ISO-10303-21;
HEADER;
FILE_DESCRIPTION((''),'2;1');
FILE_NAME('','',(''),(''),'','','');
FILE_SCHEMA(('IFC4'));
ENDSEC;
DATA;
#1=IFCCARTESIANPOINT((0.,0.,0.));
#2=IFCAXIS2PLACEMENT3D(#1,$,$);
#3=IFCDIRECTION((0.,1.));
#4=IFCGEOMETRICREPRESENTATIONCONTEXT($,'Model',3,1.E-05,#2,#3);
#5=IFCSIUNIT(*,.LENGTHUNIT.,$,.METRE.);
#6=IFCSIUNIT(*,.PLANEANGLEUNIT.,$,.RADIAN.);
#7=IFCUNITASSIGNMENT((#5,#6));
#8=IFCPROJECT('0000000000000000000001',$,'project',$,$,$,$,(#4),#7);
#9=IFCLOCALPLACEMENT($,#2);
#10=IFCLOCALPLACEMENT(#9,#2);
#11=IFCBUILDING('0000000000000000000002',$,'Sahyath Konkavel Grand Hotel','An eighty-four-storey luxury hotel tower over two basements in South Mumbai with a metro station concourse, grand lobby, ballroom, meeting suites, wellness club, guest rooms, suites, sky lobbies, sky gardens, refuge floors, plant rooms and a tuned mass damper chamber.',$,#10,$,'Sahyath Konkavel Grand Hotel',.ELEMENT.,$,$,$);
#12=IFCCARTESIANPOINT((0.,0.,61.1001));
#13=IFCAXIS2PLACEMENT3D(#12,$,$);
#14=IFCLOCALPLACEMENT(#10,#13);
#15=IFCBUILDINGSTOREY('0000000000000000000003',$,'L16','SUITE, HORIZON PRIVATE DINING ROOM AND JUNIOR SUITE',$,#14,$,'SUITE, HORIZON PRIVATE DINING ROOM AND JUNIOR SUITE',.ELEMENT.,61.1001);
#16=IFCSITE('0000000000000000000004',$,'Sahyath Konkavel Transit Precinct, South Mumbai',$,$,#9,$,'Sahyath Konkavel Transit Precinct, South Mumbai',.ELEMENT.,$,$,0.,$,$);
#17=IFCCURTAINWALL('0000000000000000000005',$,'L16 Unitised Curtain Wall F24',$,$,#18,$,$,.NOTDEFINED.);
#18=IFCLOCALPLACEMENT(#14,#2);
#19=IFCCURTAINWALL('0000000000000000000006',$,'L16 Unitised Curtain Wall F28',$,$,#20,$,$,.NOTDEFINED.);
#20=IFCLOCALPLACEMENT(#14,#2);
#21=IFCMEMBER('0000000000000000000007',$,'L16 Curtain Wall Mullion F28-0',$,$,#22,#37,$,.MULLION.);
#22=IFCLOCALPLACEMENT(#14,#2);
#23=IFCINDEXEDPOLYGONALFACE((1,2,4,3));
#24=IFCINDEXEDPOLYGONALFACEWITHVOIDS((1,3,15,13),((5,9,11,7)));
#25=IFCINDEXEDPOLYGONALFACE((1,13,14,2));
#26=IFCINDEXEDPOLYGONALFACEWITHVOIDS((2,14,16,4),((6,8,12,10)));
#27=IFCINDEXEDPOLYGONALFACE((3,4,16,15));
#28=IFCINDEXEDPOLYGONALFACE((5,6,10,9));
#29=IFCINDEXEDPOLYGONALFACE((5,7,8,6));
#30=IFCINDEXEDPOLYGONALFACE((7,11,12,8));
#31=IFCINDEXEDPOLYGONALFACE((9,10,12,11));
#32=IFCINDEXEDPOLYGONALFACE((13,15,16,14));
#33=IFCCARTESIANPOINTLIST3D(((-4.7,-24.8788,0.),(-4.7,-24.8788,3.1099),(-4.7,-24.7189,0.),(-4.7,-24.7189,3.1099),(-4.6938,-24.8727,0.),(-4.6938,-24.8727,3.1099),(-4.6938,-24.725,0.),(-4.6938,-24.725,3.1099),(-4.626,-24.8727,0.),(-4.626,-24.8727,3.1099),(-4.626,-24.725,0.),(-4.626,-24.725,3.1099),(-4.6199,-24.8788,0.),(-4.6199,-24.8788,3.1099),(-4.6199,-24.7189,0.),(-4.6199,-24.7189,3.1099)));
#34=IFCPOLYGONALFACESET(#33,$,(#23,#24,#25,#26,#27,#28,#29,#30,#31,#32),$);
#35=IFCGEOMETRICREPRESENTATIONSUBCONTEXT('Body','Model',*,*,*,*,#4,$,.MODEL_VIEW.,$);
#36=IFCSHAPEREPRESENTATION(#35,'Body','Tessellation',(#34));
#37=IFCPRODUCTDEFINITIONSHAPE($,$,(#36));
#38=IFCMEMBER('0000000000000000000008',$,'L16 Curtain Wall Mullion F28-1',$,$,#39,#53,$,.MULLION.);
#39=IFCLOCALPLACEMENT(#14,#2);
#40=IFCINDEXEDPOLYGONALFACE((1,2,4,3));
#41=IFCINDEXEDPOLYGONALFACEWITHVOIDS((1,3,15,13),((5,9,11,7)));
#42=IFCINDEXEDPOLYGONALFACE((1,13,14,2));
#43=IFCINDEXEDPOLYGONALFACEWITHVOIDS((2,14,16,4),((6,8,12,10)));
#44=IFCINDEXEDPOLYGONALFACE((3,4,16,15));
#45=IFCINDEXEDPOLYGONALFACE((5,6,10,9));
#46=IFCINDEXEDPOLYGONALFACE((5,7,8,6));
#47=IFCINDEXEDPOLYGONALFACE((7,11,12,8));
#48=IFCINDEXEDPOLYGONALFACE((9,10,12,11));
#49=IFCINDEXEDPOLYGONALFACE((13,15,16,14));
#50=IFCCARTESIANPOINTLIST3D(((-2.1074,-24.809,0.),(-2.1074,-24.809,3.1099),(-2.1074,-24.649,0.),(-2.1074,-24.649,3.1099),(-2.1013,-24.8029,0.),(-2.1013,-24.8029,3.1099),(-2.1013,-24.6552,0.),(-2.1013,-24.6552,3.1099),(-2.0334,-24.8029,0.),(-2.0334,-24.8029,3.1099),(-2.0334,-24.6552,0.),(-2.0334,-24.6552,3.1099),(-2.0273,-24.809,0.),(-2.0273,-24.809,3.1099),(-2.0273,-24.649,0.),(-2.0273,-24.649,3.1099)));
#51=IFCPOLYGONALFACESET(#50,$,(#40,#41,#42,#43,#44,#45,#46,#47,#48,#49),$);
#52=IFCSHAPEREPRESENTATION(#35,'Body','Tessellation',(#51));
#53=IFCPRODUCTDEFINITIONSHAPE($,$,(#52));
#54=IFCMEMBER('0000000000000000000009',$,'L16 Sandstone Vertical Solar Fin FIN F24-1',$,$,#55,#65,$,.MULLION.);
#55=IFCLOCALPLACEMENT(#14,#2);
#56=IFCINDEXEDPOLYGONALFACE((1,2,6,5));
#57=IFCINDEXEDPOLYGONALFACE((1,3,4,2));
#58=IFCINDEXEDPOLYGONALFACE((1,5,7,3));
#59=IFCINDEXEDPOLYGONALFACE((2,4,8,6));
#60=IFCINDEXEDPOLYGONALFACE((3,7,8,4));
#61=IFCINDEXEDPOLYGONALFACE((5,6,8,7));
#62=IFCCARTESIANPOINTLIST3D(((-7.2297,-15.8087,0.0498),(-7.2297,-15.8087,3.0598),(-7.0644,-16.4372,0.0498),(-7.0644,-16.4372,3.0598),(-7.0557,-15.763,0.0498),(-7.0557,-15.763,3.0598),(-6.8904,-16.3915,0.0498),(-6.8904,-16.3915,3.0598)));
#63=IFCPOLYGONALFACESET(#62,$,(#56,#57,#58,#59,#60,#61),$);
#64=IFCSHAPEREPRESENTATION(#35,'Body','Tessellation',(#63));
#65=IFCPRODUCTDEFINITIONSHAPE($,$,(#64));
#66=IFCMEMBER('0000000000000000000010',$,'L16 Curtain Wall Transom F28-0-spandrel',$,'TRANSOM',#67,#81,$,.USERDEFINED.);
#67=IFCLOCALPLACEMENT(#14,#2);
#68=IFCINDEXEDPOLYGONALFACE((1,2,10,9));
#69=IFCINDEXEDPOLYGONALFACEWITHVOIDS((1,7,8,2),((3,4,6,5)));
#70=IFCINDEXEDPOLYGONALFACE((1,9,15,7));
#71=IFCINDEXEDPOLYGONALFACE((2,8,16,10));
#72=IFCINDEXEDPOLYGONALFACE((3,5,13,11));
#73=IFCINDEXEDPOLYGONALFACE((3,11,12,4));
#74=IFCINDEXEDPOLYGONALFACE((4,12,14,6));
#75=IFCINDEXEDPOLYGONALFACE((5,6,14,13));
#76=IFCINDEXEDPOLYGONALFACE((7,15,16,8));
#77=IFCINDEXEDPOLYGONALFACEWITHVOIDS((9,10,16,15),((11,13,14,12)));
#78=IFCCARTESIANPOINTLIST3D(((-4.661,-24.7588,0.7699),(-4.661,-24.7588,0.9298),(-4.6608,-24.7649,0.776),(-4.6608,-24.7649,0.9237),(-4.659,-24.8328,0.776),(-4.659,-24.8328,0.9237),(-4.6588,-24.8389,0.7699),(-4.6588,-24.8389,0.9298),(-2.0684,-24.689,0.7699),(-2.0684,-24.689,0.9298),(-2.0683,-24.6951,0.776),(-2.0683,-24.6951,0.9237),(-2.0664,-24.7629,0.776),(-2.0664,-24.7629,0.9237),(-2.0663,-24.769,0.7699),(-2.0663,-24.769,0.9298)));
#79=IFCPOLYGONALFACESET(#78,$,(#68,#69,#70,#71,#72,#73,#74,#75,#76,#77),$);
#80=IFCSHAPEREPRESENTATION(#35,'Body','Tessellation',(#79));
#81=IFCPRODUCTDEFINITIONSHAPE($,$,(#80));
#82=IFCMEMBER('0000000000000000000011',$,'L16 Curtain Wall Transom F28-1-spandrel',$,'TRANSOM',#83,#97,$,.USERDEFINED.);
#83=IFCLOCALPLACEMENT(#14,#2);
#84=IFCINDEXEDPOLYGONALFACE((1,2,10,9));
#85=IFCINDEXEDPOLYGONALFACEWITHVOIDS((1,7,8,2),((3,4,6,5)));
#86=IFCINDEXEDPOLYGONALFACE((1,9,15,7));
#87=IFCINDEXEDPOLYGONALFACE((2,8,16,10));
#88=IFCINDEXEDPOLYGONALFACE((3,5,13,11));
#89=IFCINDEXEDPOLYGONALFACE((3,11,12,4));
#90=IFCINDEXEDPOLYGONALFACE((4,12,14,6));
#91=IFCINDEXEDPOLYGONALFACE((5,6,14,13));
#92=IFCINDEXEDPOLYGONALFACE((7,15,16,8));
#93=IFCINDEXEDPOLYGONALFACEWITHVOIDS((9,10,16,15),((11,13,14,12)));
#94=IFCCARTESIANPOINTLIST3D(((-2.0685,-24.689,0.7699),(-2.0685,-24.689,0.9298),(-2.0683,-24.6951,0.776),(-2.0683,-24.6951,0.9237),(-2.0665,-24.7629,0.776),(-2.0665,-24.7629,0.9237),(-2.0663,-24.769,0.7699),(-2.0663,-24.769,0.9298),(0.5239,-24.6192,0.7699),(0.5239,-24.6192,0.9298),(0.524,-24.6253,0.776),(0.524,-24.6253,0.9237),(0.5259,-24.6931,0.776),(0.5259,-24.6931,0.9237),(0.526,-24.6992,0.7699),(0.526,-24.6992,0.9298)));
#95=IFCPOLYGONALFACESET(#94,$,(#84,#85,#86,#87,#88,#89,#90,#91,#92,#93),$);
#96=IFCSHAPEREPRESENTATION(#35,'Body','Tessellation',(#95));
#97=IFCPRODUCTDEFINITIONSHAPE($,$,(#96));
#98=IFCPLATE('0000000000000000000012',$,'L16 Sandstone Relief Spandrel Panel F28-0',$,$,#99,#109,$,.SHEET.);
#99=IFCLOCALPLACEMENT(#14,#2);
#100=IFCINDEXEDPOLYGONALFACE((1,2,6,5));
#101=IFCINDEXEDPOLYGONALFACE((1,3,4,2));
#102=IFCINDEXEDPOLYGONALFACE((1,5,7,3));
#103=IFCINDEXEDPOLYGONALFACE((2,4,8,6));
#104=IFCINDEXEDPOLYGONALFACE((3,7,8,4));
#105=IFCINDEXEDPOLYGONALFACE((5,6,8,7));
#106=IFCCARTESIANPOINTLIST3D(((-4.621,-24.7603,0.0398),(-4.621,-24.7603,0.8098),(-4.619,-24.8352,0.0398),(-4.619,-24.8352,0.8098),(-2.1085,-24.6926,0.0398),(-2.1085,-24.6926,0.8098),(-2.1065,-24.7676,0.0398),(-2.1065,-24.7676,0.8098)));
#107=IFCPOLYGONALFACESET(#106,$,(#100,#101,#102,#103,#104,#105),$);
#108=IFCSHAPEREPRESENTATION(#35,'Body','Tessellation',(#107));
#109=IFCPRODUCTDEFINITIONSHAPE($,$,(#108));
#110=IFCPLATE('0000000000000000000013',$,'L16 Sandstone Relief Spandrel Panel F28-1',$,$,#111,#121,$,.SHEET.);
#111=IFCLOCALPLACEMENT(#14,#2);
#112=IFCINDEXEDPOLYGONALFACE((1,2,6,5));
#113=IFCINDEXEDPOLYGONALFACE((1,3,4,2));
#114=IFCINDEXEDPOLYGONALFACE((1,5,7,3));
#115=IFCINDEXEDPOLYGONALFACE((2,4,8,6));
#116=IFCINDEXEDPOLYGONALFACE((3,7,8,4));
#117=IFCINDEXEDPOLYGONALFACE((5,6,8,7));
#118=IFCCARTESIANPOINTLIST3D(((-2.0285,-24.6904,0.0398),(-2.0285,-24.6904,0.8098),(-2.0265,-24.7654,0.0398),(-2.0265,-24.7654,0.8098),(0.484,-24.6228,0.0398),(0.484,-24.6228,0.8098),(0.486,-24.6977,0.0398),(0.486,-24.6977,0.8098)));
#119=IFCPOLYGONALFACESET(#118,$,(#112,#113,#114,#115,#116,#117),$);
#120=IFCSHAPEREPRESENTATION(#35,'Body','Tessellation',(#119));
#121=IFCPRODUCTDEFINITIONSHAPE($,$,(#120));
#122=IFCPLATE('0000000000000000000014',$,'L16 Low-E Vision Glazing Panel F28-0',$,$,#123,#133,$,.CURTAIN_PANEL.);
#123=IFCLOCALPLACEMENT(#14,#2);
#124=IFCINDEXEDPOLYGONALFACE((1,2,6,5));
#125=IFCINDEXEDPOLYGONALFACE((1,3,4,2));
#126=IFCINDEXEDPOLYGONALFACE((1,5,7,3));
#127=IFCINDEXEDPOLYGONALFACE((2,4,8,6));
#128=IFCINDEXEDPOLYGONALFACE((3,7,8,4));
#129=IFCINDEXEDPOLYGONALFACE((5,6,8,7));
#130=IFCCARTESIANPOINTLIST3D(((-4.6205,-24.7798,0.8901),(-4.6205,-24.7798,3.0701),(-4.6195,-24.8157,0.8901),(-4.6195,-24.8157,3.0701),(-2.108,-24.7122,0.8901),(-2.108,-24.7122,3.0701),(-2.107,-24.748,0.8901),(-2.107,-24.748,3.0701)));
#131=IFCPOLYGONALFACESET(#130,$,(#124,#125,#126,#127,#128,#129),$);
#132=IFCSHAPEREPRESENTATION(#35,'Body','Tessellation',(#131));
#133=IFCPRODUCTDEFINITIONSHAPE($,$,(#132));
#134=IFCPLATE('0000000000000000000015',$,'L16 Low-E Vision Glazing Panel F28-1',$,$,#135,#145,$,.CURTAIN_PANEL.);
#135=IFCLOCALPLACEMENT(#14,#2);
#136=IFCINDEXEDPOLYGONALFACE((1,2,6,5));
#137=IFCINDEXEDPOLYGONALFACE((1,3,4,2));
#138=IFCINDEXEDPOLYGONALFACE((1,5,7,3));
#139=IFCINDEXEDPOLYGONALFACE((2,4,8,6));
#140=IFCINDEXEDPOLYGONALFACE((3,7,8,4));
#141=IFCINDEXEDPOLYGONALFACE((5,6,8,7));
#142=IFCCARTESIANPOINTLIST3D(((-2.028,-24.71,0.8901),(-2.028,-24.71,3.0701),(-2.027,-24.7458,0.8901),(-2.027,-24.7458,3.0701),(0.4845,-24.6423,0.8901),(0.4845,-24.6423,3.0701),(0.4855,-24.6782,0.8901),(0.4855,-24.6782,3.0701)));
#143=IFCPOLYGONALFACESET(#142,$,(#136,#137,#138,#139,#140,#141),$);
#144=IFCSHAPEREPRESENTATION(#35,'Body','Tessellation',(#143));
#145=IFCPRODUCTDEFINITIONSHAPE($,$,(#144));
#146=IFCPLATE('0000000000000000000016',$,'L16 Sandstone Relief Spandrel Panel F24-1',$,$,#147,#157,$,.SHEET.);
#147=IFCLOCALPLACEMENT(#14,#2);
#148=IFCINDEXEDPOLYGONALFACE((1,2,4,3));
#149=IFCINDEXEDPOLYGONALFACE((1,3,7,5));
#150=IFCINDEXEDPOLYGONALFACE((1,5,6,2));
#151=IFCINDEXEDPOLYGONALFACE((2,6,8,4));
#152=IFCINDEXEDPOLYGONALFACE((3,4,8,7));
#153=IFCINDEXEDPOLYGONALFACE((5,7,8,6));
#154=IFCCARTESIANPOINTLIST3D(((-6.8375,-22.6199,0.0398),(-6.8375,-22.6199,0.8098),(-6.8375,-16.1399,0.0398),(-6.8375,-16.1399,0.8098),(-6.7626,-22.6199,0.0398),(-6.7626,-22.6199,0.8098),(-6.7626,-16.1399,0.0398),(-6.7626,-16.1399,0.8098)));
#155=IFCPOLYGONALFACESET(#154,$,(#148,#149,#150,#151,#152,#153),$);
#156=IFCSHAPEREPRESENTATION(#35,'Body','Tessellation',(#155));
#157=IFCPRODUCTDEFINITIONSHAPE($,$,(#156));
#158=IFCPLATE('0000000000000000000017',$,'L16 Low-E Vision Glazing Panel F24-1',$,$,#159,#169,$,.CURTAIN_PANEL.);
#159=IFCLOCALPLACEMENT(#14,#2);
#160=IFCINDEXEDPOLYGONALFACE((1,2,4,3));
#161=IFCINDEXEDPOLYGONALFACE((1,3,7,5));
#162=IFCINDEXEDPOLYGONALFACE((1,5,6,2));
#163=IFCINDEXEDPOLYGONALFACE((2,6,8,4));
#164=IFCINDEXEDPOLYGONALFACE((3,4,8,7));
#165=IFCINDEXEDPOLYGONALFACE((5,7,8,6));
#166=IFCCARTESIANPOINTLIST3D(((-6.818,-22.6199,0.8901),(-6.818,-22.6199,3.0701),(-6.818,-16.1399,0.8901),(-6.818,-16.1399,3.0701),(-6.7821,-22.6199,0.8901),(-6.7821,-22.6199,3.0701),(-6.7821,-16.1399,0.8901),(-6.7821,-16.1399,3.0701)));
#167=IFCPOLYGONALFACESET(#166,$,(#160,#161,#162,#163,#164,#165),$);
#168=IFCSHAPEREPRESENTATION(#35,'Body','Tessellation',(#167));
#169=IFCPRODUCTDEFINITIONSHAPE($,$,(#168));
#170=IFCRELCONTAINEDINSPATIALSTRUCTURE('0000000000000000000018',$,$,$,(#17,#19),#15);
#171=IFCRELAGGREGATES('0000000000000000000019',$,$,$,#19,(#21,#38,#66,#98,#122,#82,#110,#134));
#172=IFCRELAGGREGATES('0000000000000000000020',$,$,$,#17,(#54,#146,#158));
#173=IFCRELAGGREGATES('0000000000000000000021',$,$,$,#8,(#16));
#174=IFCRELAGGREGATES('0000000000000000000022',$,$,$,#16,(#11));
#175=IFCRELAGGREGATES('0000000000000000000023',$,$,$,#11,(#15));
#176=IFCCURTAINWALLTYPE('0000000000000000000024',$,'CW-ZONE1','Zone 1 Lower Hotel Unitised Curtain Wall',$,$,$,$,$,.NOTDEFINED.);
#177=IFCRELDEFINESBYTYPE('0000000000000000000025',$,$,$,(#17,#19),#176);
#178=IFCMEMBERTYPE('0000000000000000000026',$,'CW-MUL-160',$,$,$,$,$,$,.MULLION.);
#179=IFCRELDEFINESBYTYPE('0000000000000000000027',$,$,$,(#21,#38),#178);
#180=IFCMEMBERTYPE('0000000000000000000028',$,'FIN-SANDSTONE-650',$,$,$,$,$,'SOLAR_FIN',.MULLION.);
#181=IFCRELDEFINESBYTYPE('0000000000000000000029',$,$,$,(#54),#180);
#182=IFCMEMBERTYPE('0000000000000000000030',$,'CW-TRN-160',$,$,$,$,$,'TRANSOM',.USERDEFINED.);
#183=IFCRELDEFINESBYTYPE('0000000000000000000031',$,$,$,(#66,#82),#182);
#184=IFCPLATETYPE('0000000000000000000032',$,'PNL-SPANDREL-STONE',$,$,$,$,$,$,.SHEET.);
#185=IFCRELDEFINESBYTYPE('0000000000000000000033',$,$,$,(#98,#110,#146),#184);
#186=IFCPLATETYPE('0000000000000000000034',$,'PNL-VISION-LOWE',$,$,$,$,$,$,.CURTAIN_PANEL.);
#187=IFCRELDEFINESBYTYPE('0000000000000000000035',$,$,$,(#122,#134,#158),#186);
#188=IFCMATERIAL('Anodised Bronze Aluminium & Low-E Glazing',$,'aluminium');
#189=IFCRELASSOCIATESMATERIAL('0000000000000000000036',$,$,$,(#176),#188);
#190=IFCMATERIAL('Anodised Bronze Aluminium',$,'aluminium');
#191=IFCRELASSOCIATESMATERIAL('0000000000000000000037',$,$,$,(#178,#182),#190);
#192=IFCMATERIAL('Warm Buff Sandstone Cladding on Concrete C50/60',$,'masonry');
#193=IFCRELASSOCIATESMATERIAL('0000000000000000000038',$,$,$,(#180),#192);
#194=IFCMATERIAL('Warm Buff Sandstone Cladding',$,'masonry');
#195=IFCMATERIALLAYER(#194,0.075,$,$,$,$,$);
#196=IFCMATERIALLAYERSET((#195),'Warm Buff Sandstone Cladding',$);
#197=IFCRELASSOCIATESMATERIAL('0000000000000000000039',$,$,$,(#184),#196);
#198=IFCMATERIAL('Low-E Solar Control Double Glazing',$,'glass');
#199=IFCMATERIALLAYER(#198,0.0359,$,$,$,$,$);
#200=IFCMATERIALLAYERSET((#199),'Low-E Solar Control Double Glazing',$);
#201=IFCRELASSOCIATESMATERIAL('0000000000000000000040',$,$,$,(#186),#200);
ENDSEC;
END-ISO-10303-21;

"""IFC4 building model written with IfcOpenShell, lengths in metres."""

from ifc_helpers import new_model, si_unit, direction, frame, origin, origin_2d, place, context, subcontext, project, spatial, rectangle, hollow_rectangle, extrude, source, transform, mapped, material, layer, layer_set, material_profile, profile_set, type_object, element, aggregate, save


model = new_model("IFC4")

# Units and contexts
model_context = context("Model", 3, precision=1e-05, world=origin(), true_north=direction((0.0, 1.0)))
body_context = subcontext(model_context, "Body", "Model", "MODEL_VIEW")
ifc_project = project(units=[si_unit("LENGTHUNIT", "METRE"), si_unit("PLANEANGLEUNIT", "RADIAN")], contexts=[model_context])

# Site, building, storey
site_placement = place(None, origin())
site = spatial("IfcSite", under=ifc_project, at=site_placement, Name="Sahyath Konkavel Transit Precinct, South Mumbai", LongName="Sahyath Konkavel Transit Precinct, South Mumbai", CompositionType="ELEMENT", RefElevation=0.0)
building_placement = place(site_placement, origin())
building = spatial("IfcBuilding", under=site, at=building_placement, Name="Sahyath Konkavel Grand Hotel", Description="An eighty-four-storey luxury hotel tower over two basements in South Mumbai with a metro station concourse, grand lobby, ballroom, meeting suites, wellness club, guest rooms, suites, sky lobbies, sky gardens, refuge floors, plant rooms and a tuned mass damper chamber.", LongName="Sahyath Konkavel Grand Hotel", CompositionType="ELEMENT")
storey_placement = place(building_placement, frame((0.0, 0.0, 61.1001)))
storey = spatial("IfcBuildingStorey", under=building, at=storey_placement, Name="L16", Description="SUITE, HORIZON PRIVATE DINING ROOM AND JUNIOR SUITE", LongName="SUITE, HORIZON PRIVATE DINING ROOM AND JUNIOR SUITE", CompositionType="ELEMENT", Elevation=61.1001)

# Curtain wall
ifc_material_1 = material(Name="Anodised Bronze Aluminium & Low-E Glazing", Category="aluminium")
curtain_wall_type = type_object("IfcCurtainWallType", Name="CW-ZONE1", Description="Zone 1 Lower Hotel Unitised Curtain Wall", PredefinedType="NOTDEFINED", material=ifc_material_1)
curtain_wall_1_placement = place(storey_placement, origin())
curtain_wall_1 = element("IfcCurtainWall", 1, at=curtain_wall_1_placement, inside=storey, type_object=curtain_wall_type, Name="L16 Unitised Curtain Wall F24", PredefinedType="NOTDEFINED")
ifc_material_2 = material(Name="Anodised Bronze Aluminium", Category="aluminium")
ifc_material_profile_1 = material_profile(ifc_material_2, hollow_rectangle(XDim=0.0801, YDim=0.1599, WallThickness=0.0061, at=origin_2d()), Name="RHS 160x80x6")
ifc_profile_set_1 = profile_set([ifc_material_profile_1], Name="Anodised Bronze Aluminium")
member_type_1 = type_object("IfcMemberType", Name="CW-MUL-160", PredefinedType="MULLION", material=ifc_profile_set_1)
shared_shape_1 = source(origin(), body_context, "Body", "SweptSolid", [
    extrude(hollow_rectangle(XDim=0.0801, YDim=0.1599, WallThickness=0.0061, at=origin_2d()), origin(), (0.0, 0.0, 1.0), 3.1099),
])

# Curtain wall, members
curtain_wall_2_placement = place(storey_placement, origin())
curtain_wall_2 = element("IfcCurtainWall", 2, at=curtain_wall_2_placement, inside=storey, type_object=curtain_wall_type, Name="L16 Unitised Curtain Wall F28", PredefinedType="NOTDEFINED")
member_1_placement = place(storey_placement, frame((-4.6599, -24.7988, 0.0), z_axis=(0.0, 0.0, 1.0), x_axis=(1.0, 0.0, 0.0)))
member_1 = element("IfcMember", 3, at=member_1_placement, type_object=member_type_1, Name="L16 Curtain Wall Mullion F28-0", PredefinedType="MULLION", context=body_context, shape_type="MappedRepresentation", body=[
    mapped(shared_shape_1, transform((0.0, 0.0, 0.0), scale=1.0)),
])
member_2_placement = place(storey_placement, frame((-2.0674, -24.729, 0.0), z_axis=(0.0, 0.0, 1.0), x_axis=(1.0, 0.0, 0.0)))
member_2 = element("IfcMember", 4, at=member_2_placement, type_object=member_type_1, Name="L16 Curtain Wall Mullion F28-1", PredefinedType="MULLION", context=body_context, shape_type="MappedRepresentation", body=[
    mapped(shared_shape_1, transform((0.0, 0.0, 0.0), scale=1.0)),
])

# Members
ifc_material_3 = material(Name="Warm Buff Sandstone Cladding on Concrete C50/60", Category="masonry")
ifc_material_profile_2 = material_profile(ifc_material_3, rectangle(XDim=0.1799, YDim=0.6499, at=origin_2d()), Name="FIN 180x650")
ifc_profile_set_2 = profile_set([ifc_material_profile_2], Name="Warm Buff Sandstone Cladding on Concrete C50/60")
member_type_2 = type_object("IfcMemberType", Name="FIN-SANDSTONE-650", ElementType="SOLAR_FIN", PredefinedType="MULLION", material=ifc_profile_set_2)
shared_shape_2 = source(origin(), body_context, "Body", "SweptSolid", [
    extrude(rectangle(XDim=0.1799, YDim=0.6499, at=origin_2d()), origin(), (0.0, 0.0, 1.0), 3.01),
])
member_3_placement = place(storey_placement, frame((-7.0601, -16.1001, 0.0498), z_axis=(0.0, 0.0, 1.0), x_axis=(0.967135, 0.254264, 0.0)))
member_3 = element("IfcMember", 5, at=member_3_placement, type_object=member_type_2, Name="L16 Sandstone Vertical Solar Fin FIN F24-1", PredefinedType="MULLION", context=body_context, shape_type="MappedRepresentation", body=[
    mapped(shared_shape_2, transform((0.0, 0.0, 0.0), scale=1.0)),
])
ifc_material_profile_3 = material_profile(ifc_material_2, hollow_rectangle(XDim=0.0801, YDim=0.1599, WallThickness=0.0061, at=origin_2d()), Name="RHS 160x80x6")
ifc_profile_set_3 = profile_set([ifc_material_profile_3], Name="Anodised Bronze Aluminium")
member_type_3 = type_object("IfcMemberType", Name="CW-TRN-160", ElementType="TRANSOM", PredefinedType="USERDEFINED", material=ifc_profile_set_3)
shared_shape_3 = source(origin(), body_context, "Body", "SweptSolid", [
    extrude(hollow_rectangle(XDim=0.0801, YDim=0.1599, WallThickness=0.0061, at=origin_2d()), origin(), (0.0, 0.0, 1.0), 2.5935),
])
member_4_placement = place(storey_placement, frame((-4.6599, -24.7988, 0.8499), z_axis=(0.999638, 0.026923, 0.0), x_axis=(-0.026923, 0.999638, 0.0)))
member_4 = element("IfcMember", 6, at=member_4_placement, type_object=member_type_3, Name="L16 Curtain Wall Transom F28-0-spandrel", ObjectType="TRANSOM", PredefinedType="USERDEFINED", context=body_context, shape_type="MappedRepresentation", body=[
    mapped(shared_shape_3, transform((0.0, 0.0, 0.0), scale=1.0)),
])
shared_shape_4 = source(origin(), body_context, "Body", "SweptSolid", [
    extrude(hollow_rectangle(XDim=0.0801, YDim=0.1599, WallThickness=0.0061, at=origin_2d()), origin(), (0.0, 0.0, 1.0), 2.5933),
])
member_5_placement = place(storey_placement, frame((-2.0674, -24.729, 0.8499), z_axis=(0.999637, 0.026926, 0.0), x_axis=(-0.026926, 0.999637, 0.0)))
member_5 = element("IfcMember", 7, at=member_5_placement, type_object=member_type_3, Name="L16 Curtain Wall Transom F28-1-spandrel", ObjectType="TRANSOM", PredefinedType="USERDEFINED", context=body_context, shape_type="MappedRepresentation", body=[
    mapped(shared_shape_4, transform((0.0, 0.0, 0.0), scale=1.0)),
])

# Plates
ifc_material_4 = material(Name="Warm Buff Sandstone Cladding", Category="masonry")
ifc_layer_1 = layer(ifc_material_4, 0.075)
ifc_layer_set_1 = layer_set([ifc_layer_1], Name="Warm Buff Sandstone Cladding")
plate_type_1 = type_object("IfcPlateType", Name="PNL-SPANDREL-STONE", PredefinedType="SHEET", material=ifc_layer_set_1)
shared_shape_5 = source(origin(), body_context, "Body", "SweptSolid", [
    extrude(rectangle(XDim=2.5134, YDim=0.075, at=origin_2d()), origin(), (0.0, 0.0, 1.0), 0.77),
])
plate_1_placement = place(storey_placement, frame((-3.3638, -24.7639, 0.0398), z_axis=(0.0, 0.0, 1.0), x_axis=(0.999638, 0.02691, 0.0)))
plate_1 = element("IfcPlate", 8, at=plate_1_placement, type_object=plate_type_1, Name="L16 Sandstone Relief Spandrel Panel F28-0", PredefinedType="SHEET", context=body_context, shape_type="MappedRepresentation", body=[
    mapped(shared_shape_5, transform((0.0, 0.0, 0.0), scale=1.0)),
])
plate_2_placement = place(storey_placement, frame((-0.7712, -24.6941, 0.0398), z_axis=(0.0, 0.0, 1.0), x_axis=(0.999638, 0.02691, 0.0)))
plate_2 = element("IfcPlate", 9, at=plate_2_placement, type_object=plate_type_1, Name="L16 Sandstone Relief Spandrel Panel F28-1", PredefinedType="SHEET", context=body_context, shape_type="MappedRepresentation", body=[
    mapped(shared_shape_5, transform((0.0, 0.0, 0.0), scale=1.0)),
])
ifc_material_5 = material(Name="Low-E Solar Control Double Glazing", Category="glass")
ifc_layer_2 = layer(ifc_material_5, 0.0359)
ifc_layer_set_2 = layer_set([ifc_layer_2], Name="Low-E Solar Control Double Glazing")
plate_type_2 = type_object("IfcPlateType", Name="PNL-VISION-LOWE", PredefinedType="CURTAIN_PANEL", material=ifc_layer_set_2)
shared_shape_6 = source(origin(), body_context, "Body", "SweptSolid", [
    extrude(rectangle(XDim=2.5134, YDim=0.0359, at=origin_2d()), origin(), (0.0, 0.0, 1.0), 2.1799),
])
plate_3_placement = place(storey_placement, frame((-3.3638, -24.7639, 0.8901), z_axis=(0.0, 0.0, 1.0), x_axis=(0.999638, 0.02691, 0.0)))
plate_3 = element("IfcPlate", 10, at=plate_3_placement, type_object=plate_type_2, Name="L16 Low-E Vision Glazing Panel F28-0", PredefinedType="CURTAIN_PANEL", context=body_context, shape_type="MappedRepresentation", body=[
    mapped(shared_shape_6, transform((0.0, 0.0, 0.0), scale=1.0)),
])
plate_4_placement = place(storey_placement, frame((-0.7712, -24.6941, 0.8901), z_axis=(0.0, 0.0, 1.0), x_axis=(0.999638, 0.02691, 0.0)))
plate_4 = element("IfcPlate", 11, at=plate_4_placement, type_object=plate_type_2, Name="L16 Low-E Vision Glazing Panel F28-1", PredefinedType="CURTAIN_PANEL", context=body_context, shape_type="MappedRepresentation", body=[
    mapped(shared_shape_6, transform((0.0, 0.0, 0.0), scale=1.0)),
])
aggregate(curtain_wall_2, [member_1, member_2, member_4, plate_1, plate_3, member_5, plate_2, plate_4])
shared_shape_7 = source(origin(), body_context, "Body", "SweptSolid", [
    extrude(rectangle(XDim=6.48, YDim=0.075, at=origin_2d()), origin(), (0.0, 0.0, 1.0), 0.77),
])
plate_5_placement = place(storey_placement, frame((-6.8, -19.3799, 0.0398), z_axis=(0.0, 0.0, 1.0), x_axis=(0.0, -1.0, 0.0)))
plate_5 = element("IfcPlate", 12, at=plate_5_placement, type_object=plate_type_1, Name="L16 Sandstone Relief Spandrel Panel F24-1", PredefinedType="SHEET", context=body_context, shape_type="MappedRepresentation", body=[
    mapped(shared_shape_7, transform((0.0, 0.0, 0.0), scale=1.0)),
])
shared_shape_8 = source(origin(), body_context, "Body", "SweptSolid", [
    extrude(rectangle(XDim=6.48, YDim=0.0359, at=origin_2d()), origin(), (0.0, 0.0, 1.0), 2.1799),
])
plate_6_placement = place(storey_placement, frame((-6.8, -19.3799, 0.8901), z_axis=(0.0, 0.0, 1.0), x_axis=(0.0, -1.0, 0.0)))
plate_6 = element("IfcPlate", 13, at=plate_6_placement, type_object=plate_type_2, Name="L16 Low-E Vision Glazing Panel F24-1", PredefinedType="CURTAIN_PANEL", context=body_context, shape_type="MappedRepresentation", body=[
    mapped(shared_shape_8, transform((0.0, 0.0, 0.0), scale=1.0)),
])
aggregate(curtain_wall_1, [member_3, plate_5, plate_6])

save(model, "model.ifc")
